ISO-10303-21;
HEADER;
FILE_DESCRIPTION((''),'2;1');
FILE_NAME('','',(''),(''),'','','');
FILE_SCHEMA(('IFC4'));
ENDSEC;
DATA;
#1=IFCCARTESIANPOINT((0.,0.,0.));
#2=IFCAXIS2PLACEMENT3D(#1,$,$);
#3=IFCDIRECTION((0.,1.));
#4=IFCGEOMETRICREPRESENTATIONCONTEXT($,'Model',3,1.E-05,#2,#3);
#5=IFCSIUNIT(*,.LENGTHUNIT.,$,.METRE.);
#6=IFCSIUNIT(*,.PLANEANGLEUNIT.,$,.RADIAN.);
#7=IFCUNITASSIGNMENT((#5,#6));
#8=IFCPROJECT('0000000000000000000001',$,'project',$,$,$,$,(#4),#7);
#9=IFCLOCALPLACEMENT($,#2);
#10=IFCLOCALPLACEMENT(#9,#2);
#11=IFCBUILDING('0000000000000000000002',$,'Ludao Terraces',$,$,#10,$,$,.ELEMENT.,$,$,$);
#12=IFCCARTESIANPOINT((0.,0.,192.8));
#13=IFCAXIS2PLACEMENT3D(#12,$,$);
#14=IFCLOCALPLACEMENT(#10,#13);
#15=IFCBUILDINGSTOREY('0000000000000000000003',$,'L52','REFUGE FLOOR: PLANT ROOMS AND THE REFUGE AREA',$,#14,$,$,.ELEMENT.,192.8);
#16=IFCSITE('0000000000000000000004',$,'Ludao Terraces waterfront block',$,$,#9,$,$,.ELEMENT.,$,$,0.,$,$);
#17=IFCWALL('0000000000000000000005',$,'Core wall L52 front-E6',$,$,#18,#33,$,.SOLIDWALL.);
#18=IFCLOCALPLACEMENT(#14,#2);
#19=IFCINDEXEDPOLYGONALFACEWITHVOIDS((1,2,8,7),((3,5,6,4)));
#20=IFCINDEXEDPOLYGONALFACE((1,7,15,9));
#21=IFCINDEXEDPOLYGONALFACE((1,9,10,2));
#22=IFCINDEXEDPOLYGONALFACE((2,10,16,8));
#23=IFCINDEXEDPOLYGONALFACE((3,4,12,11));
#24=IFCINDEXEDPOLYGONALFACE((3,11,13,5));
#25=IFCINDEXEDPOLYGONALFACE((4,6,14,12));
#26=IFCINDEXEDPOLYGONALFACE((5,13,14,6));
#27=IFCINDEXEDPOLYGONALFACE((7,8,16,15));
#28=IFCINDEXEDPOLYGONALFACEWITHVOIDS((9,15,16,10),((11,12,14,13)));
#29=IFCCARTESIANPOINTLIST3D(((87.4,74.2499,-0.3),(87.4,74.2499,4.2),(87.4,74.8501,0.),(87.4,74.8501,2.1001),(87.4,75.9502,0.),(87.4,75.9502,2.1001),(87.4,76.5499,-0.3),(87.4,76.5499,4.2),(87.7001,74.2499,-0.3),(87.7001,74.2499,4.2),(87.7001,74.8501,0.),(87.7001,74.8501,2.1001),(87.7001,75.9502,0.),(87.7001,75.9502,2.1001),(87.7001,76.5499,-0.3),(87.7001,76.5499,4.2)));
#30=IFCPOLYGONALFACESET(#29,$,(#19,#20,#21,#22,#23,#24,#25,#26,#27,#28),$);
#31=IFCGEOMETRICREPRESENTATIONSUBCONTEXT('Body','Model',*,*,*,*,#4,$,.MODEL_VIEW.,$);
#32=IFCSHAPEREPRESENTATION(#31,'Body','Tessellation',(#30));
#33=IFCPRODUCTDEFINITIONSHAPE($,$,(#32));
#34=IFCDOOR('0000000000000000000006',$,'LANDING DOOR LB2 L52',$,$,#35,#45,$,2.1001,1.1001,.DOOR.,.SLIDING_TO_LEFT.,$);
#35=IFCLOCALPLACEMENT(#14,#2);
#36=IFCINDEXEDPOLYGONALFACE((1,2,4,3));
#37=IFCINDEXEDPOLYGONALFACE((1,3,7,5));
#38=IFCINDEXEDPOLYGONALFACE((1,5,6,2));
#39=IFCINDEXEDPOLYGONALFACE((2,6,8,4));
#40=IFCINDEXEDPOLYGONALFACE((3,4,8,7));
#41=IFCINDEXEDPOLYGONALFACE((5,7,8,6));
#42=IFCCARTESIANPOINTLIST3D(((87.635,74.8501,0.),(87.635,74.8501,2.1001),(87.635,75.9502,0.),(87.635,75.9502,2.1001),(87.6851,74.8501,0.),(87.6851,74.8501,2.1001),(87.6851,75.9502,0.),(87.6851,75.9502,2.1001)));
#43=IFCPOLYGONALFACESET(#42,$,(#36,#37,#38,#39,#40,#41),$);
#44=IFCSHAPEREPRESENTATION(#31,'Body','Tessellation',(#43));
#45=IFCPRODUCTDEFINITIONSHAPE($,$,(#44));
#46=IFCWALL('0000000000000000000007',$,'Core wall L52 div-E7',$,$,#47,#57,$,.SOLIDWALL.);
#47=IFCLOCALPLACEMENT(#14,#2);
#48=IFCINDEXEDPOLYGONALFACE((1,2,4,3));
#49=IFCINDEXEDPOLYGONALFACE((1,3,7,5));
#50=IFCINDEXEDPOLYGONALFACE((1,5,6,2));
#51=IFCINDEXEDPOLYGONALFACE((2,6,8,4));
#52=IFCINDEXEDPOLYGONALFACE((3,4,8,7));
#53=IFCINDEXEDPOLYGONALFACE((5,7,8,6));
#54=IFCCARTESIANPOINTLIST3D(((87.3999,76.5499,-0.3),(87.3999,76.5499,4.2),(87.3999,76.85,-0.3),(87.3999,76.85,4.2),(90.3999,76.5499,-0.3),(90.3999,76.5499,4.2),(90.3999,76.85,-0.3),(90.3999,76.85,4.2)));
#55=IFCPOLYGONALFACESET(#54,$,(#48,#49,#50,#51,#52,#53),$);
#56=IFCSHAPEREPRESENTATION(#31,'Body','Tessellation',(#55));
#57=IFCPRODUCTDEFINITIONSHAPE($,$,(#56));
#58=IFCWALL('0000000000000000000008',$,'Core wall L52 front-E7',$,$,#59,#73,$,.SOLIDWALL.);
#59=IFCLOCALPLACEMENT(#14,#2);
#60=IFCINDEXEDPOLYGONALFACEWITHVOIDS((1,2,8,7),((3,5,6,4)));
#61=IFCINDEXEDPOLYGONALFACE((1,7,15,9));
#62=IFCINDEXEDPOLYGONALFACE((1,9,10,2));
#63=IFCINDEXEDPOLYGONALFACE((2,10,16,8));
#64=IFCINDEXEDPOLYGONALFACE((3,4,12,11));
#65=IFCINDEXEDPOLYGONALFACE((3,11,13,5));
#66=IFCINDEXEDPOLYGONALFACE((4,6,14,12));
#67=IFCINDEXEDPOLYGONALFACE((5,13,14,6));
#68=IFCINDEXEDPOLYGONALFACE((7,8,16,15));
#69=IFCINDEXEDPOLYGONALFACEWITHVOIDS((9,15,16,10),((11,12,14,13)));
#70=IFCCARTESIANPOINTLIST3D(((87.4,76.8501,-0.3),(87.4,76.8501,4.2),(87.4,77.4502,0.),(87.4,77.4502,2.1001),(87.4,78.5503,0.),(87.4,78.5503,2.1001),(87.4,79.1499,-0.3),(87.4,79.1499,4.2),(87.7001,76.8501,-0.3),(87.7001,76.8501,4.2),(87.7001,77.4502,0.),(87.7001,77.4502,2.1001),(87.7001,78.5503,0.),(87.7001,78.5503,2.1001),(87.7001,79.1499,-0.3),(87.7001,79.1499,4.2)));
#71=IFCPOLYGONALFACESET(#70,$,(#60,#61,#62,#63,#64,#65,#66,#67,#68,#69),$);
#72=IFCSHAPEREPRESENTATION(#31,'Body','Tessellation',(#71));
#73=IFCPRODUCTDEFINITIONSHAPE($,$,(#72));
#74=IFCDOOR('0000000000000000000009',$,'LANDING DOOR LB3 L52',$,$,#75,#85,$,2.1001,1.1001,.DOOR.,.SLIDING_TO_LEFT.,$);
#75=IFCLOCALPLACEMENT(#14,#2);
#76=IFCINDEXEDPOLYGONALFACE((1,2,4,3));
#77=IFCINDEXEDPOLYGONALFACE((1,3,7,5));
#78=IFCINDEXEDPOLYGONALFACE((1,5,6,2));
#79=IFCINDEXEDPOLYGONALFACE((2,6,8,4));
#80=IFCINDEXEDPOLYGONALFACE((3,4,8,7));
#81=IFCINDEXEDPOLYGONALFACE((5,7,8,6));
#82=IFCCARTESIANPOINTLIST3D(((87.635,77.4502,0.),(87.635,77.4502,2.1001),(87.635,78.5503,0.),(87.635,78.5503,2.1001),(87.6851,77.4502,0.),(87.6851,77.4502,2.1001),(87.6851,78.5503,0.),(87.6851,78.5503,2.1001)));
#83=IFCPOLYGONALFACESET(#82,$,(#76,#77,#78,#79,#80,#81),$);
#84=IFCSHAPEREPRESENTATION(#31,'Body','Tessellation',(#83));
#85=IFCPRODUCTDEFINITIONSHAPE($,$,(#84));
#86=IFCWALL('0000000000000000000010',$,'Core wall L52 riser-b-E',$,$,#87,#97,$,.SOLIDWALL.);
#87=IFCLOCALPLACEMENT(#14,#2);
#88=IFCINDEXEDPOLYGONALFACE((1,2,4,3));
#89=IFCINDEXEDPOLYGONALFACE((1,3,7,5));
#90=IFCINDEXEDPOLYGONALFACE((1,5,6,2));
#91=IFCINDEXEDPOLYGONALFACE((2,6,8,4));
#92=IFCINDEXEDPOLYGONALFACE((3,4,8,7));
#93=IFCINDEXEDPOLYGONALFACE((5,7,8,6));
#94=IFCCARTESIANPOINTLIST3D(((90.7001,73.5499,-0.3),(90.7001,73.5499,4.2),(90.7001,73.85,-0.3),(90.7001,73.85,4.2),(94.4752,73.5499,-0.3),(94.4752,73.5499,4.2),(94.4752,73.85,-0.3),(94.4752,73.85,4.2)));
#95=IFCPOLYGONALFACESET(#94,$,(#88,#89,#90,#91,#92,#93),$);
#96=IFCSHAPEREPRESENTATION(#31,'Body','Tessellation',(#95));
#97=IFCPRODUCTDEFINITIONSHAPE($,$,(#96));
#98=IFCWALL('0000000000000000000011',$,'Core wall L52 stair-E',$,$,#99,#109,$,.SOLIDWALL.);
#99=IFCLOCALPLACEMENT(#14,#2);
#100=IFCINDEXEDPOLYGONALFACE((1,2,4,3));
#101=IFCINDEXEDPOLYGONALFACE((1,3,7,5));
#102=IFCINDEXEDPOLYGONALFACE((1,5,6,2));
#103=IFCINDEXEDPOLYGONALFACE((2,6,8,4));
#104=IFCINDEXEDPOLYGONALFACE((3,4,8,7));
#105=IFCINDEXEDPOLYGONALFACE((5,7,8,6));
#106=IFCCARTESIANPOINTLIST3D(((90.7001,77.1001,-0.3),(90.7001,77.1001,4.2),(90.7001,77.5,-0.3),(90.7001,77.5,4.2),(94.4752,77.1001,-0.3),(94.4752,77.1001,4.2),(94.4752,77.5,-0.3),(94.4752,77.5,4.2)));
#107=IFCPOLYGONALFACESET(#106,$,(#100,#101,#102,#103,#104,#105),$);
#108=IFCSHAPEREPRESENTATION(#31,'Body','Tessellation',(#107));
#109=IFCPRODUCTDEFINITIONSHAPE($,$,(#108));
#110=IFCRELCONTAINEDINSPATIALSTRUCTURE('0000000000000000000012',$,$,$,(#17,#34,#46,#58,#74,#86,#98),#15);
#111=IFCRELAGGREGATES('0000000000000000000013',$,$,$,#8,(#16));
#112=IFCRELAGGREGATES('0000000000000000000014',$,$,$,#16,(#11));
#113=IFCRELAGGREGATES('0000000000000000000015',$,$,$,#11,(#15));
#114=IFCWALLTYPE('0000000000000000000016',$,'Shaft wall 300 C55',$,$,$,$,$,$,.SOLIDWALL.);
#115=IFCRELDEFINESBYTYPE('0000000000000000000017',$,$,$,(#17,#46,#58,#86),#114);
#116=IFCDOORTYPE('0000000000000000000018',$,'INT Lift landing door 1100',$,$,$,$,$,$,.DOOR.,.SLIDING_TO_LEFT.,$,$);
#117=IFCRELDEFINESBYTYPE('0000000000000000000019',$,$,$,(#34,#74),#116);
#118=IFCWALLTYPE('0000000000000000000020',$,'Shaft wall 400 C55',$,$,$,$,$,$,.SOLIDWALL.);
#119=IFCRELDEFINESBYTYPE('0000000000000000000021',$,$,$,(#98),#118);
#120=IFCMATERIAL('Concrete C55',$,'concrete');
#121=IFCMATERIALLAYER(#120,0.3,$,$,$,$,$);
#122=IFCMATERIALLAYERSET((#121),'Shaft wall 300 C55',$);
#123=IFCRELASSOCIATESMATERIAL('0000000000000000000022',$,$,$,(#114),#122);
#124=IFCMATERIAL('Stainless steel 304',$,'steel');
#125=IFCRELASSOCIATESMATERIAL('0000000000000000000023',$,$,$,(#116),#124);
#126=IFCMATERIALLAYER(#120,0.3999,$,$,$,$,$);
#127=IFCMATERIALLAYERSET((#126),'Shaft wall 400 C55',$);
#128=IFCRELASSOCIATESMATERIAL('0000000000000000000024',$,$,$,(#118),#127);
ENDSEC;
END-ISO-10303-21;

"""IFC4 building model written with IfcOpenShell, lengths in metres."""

from ifc_helpers import new_model, si_unit, direction, frame, frame_2d, origin, place, context, subcontext, project, spatial, rectangle, extrude, material, layer, layer_set, type_object, element, fill, save


model = new_model("IFC4")

# Units and contexts
model_context = context("Model", 3, precision=1e-05, world=origin(), true_north=direction((0.0, 1.0)))
body_context = subcontext(model_context, "Body", "Model", "MODEL_VIEW")
ifc_project = project(units=[si_unit("LENGTHUNIT", "METRE"), si_unit("PLANEANGLEUNIT", "RADIAN")], contexts=[model_context])

# Site, building, storey
site_placement = place(None, origin())
site = spatial("IfcSite", under=ifc_project, at=site_placement, Name="Ludao Terraces waterfront block", CompositionType="ELEMENT", RefElevation=0.0)
building_placement = place(site_placement, origin())
building = spatial("IfcBuilding", under=site, at=building_placement, Name="Ludao Terraces", CompositionType="ELEMENT")
storey_placement = place(building_placement, frame((0.0, 0.0, 192.8)))
storey = spatial("IfcBuildingStorey", under=building, at=storey_placement, Name="L52", Description="REFUGE FLOOR: PLANT ROOMS AND THE REFUGE AREA", CompositionType="ELEMENT", Elevation=192.8)

# Shared definitions
ifc_material_1 = material(Name="Concrete C55", Category="concrete")
ifc_layer_1 = layer(ifc_material_1, 0.3)
ifc_layer_set_1 = layer_set([ifc_layer_1], Name="Shaft wall 300 C55")
wall_type_1 = type_object("IfcWallType", Name="Shaft wall 300 C55", PredefinedType="SOLIDWALL", material=ifc_layer_set_1)

# Shared definitions
ifc_material_2 = material(Name="Stainless steel 304", Category="steel")
door_type_1 = type_object("IfcDoorType", Name="INT Lift landing door 1100", OperationType="SLIDING_TO_LEFT", PredefinedType="DOOR", material=ifc_material_2)

# Wall, opening, door
wall_1_placement = place(storey_placement, frame((87.55, 74.25, -0.3), z_axis=(0.0, 0.0, 1.0), x_axis=(0.0, 1.0, 0.0)))
wall_1 = element("IfcWall", 1, at=wall_1_placement, inside=storey, type_object=wall_type_1, Name="Core wall L52 front-E6", PredefinedType="SOLIDWALL", context=body_context, shape_type="SweptSolid", body=[
    extrude(rectangle(XDim=2.3, YDim=0.3, at=frame_2d((1.1499, 0.0))), origin(), (0.0, 0.0, 1.0), 4.5),
])
opening_1_placement = place(wall_1_placement, frame((0.6001, 0.0, 0.3)))
opening_1 = element("IfcOpeningElement", 2, at=opening_1_placement, cuts=wall_1, PredefinedType="OPENING", context=body_context, shape_type="SweptSolid", body=[
    extrude(rectangle(XDim=1.1001, YDim=2.1001, at=frame_2d((0.55, 1.05))), frame((0.0, 0.1602, 0.0), z_axis=(0.0, -1.0, 0.0), x_axis=(1.0, 0.0, 0.0)), (0.0, 0.0, 1.0), 0.3201),
])
door_1_placement = place(opening_1_placement, origin())
door_1 = element("IfcDoor", 3, at=door_1_placement, inside=storey, type_object=door_type_1, Name="LANDING DOOR LB2 L52", OperationType="SLIDING_TO_LEFT", OverallHeight=2.1001, OverallWidth=1.1001, PredefinedType="DOOR", context=body_context, shape_type="SweptSolid", body=[
    extrude(rectangle(XDim=1.1001, YDim=2.1001, at=frame_2d((0.55, 1.05))), frame((0.0, -0.085, 0.0), z_axis=(0.0, -1.0, 0.0), x_axis=(1.0, 0.0, 0.0)), (0.0, 0.0, 1.0), 0.05),
])
fill(opening_1, door_1)

# Wall
wall_2_placement = place(storey_placement, frame((87.3999, 76.7, -0.3), z_axis=(0.0, 0.0, 1.0), x_axis=(1.0, 0.0, 0.0)))
element("IfcWall", 4, at=wall_2_placement, inside=storey, type_object=wall_type_1, Name="Core wall L52 div-E7", PredefinedType="SOLIDWALL", context=body_context, shape_type="SweptSolid", body=[
    extrude(rectangle(XDim=3.0, YDim=0.3, at=frame_2d((1.5, 0.0))), origin(), (0.0, 0.0, 1.0), 4.5),
])

# Wall, opening, door
wall_3_placement = place(storey_placement, frame((87.55, 76.8501, -0.3), z_axis=(0.0, 0.0, 1.0), x_axis=(0.0, 1.0, 0.0)))
wall_3 = element("IfcWall", 5, at=wall_3_placement, inside=storey, type_object=wall_type_1, Name="Core wall L52 front-E7", PredefinedType="SOLIDWALL", context=body_context, shape_type="SweptSolid", body=[
    extrude(rectangle(XDim=2.2998, YDim=0.3, at=frame_2d((1.1499, 0.0))), origin(), (0.0, 0.0, 1.0), 4.5),
])
opening_2_placement = place(wall_3_placement, frame((0.6001, 0.0, 0.3)))
opening_2 = element("IfcOpeningElement", 6, at=opening_2_placement, cuts=wall_3, PredefinedType="OPENING", context=body_context, shape_type="SweptSolid", body=[
    extrude(rectangle(XDim=1.1001, YDim=2.1001, at=frame_2d((0.55, 1.05))), frame((0.0, 0.1602, 0.0), z_axis=(0.0, -1.0, 0.0), x_axis=(1.0, 0.0, 0.0)), (0.0, 0.0, 1.0), 0.3201),
])
door_2_placement = place(opening_2_placement, origin())
door_2 = element("IfcDoor", 7, at=door_2_placement, inside=storey, type_object=door_type_1, Name="LANDING DOOR LB3 L52", OperationType="SLIDING_TO_LEFT", OverallHeight=2.1001, OverallWidth=1.1001, PredefinedType="DOOR", context=body_context, shape_type="SweptSolid", body=[
    extrude(rectangle(XDim=1.1001, YDim=2.1001, at=frame_2d((0.55, 1.05))), frame((0.0, -0.085, 0.0), z_axis=(0.0, -1.0, 0.0), x_axis=(1.0, 0.0, 0.0)), (0.0, 0.0, 1.0), 0.05),
])
fill(opening_2, door_2)

# Walls
wall_4_placement = place(storey_placement, frame((90.7, 73.7, -0.3), z_axis=(0.0, 0.0, 1.0), x_axis=(1.0, 0.0, 0.0)))
element("IfcWall", 8, at=wall_4_placement, inside=storey, type_object=wall_type_1, Name="Core wall L52 riser-b-E", PredefinedType="SOLIDWALL", context=body_context, shape_type="SweptSolid", body=[
    extrude(rectangle(XDim=3.7751, YDim=0.3, at=frame_2d((1.8877, 0.0))), origin(), (0.0, 0.0, 1.0), 4.5),
])
ifc_layer_2 = layer(ifc_material_1, 0.3999)
ifc_layer_set_2 = layer_set([ifc_layer_2], Name="Shaft wall 400 C55")
wall_type_2 = type_object("IfcWallType", Name="Shaft wall 400 C55", PredefinedType="SOLIDWALL", material=ifc_layer_set_2)
wall_5_placement = place(storey_placement, frame((90.7, 77.3, -0.3), z_axis=(0.0, 0.0, 1.0), x_axis=(1.0, 0.0, 0.0)))
element("IfcWall", 9, at=wall_5_placement, inside=storey, type_object=wall_type_2, Name="Core wall L52 stair-E", PredefinedType="SOLIDWALL", context=body_context, shape_type="SweptSolid", body=[
    extrude(rectangle(XDim=3.7751, YDim=0.3999, at=frame_2d((1.8877, 0.0))), origin(), (0.0, 0.0, 1.0), 4.5),
])

save(model, "model.ifc")
